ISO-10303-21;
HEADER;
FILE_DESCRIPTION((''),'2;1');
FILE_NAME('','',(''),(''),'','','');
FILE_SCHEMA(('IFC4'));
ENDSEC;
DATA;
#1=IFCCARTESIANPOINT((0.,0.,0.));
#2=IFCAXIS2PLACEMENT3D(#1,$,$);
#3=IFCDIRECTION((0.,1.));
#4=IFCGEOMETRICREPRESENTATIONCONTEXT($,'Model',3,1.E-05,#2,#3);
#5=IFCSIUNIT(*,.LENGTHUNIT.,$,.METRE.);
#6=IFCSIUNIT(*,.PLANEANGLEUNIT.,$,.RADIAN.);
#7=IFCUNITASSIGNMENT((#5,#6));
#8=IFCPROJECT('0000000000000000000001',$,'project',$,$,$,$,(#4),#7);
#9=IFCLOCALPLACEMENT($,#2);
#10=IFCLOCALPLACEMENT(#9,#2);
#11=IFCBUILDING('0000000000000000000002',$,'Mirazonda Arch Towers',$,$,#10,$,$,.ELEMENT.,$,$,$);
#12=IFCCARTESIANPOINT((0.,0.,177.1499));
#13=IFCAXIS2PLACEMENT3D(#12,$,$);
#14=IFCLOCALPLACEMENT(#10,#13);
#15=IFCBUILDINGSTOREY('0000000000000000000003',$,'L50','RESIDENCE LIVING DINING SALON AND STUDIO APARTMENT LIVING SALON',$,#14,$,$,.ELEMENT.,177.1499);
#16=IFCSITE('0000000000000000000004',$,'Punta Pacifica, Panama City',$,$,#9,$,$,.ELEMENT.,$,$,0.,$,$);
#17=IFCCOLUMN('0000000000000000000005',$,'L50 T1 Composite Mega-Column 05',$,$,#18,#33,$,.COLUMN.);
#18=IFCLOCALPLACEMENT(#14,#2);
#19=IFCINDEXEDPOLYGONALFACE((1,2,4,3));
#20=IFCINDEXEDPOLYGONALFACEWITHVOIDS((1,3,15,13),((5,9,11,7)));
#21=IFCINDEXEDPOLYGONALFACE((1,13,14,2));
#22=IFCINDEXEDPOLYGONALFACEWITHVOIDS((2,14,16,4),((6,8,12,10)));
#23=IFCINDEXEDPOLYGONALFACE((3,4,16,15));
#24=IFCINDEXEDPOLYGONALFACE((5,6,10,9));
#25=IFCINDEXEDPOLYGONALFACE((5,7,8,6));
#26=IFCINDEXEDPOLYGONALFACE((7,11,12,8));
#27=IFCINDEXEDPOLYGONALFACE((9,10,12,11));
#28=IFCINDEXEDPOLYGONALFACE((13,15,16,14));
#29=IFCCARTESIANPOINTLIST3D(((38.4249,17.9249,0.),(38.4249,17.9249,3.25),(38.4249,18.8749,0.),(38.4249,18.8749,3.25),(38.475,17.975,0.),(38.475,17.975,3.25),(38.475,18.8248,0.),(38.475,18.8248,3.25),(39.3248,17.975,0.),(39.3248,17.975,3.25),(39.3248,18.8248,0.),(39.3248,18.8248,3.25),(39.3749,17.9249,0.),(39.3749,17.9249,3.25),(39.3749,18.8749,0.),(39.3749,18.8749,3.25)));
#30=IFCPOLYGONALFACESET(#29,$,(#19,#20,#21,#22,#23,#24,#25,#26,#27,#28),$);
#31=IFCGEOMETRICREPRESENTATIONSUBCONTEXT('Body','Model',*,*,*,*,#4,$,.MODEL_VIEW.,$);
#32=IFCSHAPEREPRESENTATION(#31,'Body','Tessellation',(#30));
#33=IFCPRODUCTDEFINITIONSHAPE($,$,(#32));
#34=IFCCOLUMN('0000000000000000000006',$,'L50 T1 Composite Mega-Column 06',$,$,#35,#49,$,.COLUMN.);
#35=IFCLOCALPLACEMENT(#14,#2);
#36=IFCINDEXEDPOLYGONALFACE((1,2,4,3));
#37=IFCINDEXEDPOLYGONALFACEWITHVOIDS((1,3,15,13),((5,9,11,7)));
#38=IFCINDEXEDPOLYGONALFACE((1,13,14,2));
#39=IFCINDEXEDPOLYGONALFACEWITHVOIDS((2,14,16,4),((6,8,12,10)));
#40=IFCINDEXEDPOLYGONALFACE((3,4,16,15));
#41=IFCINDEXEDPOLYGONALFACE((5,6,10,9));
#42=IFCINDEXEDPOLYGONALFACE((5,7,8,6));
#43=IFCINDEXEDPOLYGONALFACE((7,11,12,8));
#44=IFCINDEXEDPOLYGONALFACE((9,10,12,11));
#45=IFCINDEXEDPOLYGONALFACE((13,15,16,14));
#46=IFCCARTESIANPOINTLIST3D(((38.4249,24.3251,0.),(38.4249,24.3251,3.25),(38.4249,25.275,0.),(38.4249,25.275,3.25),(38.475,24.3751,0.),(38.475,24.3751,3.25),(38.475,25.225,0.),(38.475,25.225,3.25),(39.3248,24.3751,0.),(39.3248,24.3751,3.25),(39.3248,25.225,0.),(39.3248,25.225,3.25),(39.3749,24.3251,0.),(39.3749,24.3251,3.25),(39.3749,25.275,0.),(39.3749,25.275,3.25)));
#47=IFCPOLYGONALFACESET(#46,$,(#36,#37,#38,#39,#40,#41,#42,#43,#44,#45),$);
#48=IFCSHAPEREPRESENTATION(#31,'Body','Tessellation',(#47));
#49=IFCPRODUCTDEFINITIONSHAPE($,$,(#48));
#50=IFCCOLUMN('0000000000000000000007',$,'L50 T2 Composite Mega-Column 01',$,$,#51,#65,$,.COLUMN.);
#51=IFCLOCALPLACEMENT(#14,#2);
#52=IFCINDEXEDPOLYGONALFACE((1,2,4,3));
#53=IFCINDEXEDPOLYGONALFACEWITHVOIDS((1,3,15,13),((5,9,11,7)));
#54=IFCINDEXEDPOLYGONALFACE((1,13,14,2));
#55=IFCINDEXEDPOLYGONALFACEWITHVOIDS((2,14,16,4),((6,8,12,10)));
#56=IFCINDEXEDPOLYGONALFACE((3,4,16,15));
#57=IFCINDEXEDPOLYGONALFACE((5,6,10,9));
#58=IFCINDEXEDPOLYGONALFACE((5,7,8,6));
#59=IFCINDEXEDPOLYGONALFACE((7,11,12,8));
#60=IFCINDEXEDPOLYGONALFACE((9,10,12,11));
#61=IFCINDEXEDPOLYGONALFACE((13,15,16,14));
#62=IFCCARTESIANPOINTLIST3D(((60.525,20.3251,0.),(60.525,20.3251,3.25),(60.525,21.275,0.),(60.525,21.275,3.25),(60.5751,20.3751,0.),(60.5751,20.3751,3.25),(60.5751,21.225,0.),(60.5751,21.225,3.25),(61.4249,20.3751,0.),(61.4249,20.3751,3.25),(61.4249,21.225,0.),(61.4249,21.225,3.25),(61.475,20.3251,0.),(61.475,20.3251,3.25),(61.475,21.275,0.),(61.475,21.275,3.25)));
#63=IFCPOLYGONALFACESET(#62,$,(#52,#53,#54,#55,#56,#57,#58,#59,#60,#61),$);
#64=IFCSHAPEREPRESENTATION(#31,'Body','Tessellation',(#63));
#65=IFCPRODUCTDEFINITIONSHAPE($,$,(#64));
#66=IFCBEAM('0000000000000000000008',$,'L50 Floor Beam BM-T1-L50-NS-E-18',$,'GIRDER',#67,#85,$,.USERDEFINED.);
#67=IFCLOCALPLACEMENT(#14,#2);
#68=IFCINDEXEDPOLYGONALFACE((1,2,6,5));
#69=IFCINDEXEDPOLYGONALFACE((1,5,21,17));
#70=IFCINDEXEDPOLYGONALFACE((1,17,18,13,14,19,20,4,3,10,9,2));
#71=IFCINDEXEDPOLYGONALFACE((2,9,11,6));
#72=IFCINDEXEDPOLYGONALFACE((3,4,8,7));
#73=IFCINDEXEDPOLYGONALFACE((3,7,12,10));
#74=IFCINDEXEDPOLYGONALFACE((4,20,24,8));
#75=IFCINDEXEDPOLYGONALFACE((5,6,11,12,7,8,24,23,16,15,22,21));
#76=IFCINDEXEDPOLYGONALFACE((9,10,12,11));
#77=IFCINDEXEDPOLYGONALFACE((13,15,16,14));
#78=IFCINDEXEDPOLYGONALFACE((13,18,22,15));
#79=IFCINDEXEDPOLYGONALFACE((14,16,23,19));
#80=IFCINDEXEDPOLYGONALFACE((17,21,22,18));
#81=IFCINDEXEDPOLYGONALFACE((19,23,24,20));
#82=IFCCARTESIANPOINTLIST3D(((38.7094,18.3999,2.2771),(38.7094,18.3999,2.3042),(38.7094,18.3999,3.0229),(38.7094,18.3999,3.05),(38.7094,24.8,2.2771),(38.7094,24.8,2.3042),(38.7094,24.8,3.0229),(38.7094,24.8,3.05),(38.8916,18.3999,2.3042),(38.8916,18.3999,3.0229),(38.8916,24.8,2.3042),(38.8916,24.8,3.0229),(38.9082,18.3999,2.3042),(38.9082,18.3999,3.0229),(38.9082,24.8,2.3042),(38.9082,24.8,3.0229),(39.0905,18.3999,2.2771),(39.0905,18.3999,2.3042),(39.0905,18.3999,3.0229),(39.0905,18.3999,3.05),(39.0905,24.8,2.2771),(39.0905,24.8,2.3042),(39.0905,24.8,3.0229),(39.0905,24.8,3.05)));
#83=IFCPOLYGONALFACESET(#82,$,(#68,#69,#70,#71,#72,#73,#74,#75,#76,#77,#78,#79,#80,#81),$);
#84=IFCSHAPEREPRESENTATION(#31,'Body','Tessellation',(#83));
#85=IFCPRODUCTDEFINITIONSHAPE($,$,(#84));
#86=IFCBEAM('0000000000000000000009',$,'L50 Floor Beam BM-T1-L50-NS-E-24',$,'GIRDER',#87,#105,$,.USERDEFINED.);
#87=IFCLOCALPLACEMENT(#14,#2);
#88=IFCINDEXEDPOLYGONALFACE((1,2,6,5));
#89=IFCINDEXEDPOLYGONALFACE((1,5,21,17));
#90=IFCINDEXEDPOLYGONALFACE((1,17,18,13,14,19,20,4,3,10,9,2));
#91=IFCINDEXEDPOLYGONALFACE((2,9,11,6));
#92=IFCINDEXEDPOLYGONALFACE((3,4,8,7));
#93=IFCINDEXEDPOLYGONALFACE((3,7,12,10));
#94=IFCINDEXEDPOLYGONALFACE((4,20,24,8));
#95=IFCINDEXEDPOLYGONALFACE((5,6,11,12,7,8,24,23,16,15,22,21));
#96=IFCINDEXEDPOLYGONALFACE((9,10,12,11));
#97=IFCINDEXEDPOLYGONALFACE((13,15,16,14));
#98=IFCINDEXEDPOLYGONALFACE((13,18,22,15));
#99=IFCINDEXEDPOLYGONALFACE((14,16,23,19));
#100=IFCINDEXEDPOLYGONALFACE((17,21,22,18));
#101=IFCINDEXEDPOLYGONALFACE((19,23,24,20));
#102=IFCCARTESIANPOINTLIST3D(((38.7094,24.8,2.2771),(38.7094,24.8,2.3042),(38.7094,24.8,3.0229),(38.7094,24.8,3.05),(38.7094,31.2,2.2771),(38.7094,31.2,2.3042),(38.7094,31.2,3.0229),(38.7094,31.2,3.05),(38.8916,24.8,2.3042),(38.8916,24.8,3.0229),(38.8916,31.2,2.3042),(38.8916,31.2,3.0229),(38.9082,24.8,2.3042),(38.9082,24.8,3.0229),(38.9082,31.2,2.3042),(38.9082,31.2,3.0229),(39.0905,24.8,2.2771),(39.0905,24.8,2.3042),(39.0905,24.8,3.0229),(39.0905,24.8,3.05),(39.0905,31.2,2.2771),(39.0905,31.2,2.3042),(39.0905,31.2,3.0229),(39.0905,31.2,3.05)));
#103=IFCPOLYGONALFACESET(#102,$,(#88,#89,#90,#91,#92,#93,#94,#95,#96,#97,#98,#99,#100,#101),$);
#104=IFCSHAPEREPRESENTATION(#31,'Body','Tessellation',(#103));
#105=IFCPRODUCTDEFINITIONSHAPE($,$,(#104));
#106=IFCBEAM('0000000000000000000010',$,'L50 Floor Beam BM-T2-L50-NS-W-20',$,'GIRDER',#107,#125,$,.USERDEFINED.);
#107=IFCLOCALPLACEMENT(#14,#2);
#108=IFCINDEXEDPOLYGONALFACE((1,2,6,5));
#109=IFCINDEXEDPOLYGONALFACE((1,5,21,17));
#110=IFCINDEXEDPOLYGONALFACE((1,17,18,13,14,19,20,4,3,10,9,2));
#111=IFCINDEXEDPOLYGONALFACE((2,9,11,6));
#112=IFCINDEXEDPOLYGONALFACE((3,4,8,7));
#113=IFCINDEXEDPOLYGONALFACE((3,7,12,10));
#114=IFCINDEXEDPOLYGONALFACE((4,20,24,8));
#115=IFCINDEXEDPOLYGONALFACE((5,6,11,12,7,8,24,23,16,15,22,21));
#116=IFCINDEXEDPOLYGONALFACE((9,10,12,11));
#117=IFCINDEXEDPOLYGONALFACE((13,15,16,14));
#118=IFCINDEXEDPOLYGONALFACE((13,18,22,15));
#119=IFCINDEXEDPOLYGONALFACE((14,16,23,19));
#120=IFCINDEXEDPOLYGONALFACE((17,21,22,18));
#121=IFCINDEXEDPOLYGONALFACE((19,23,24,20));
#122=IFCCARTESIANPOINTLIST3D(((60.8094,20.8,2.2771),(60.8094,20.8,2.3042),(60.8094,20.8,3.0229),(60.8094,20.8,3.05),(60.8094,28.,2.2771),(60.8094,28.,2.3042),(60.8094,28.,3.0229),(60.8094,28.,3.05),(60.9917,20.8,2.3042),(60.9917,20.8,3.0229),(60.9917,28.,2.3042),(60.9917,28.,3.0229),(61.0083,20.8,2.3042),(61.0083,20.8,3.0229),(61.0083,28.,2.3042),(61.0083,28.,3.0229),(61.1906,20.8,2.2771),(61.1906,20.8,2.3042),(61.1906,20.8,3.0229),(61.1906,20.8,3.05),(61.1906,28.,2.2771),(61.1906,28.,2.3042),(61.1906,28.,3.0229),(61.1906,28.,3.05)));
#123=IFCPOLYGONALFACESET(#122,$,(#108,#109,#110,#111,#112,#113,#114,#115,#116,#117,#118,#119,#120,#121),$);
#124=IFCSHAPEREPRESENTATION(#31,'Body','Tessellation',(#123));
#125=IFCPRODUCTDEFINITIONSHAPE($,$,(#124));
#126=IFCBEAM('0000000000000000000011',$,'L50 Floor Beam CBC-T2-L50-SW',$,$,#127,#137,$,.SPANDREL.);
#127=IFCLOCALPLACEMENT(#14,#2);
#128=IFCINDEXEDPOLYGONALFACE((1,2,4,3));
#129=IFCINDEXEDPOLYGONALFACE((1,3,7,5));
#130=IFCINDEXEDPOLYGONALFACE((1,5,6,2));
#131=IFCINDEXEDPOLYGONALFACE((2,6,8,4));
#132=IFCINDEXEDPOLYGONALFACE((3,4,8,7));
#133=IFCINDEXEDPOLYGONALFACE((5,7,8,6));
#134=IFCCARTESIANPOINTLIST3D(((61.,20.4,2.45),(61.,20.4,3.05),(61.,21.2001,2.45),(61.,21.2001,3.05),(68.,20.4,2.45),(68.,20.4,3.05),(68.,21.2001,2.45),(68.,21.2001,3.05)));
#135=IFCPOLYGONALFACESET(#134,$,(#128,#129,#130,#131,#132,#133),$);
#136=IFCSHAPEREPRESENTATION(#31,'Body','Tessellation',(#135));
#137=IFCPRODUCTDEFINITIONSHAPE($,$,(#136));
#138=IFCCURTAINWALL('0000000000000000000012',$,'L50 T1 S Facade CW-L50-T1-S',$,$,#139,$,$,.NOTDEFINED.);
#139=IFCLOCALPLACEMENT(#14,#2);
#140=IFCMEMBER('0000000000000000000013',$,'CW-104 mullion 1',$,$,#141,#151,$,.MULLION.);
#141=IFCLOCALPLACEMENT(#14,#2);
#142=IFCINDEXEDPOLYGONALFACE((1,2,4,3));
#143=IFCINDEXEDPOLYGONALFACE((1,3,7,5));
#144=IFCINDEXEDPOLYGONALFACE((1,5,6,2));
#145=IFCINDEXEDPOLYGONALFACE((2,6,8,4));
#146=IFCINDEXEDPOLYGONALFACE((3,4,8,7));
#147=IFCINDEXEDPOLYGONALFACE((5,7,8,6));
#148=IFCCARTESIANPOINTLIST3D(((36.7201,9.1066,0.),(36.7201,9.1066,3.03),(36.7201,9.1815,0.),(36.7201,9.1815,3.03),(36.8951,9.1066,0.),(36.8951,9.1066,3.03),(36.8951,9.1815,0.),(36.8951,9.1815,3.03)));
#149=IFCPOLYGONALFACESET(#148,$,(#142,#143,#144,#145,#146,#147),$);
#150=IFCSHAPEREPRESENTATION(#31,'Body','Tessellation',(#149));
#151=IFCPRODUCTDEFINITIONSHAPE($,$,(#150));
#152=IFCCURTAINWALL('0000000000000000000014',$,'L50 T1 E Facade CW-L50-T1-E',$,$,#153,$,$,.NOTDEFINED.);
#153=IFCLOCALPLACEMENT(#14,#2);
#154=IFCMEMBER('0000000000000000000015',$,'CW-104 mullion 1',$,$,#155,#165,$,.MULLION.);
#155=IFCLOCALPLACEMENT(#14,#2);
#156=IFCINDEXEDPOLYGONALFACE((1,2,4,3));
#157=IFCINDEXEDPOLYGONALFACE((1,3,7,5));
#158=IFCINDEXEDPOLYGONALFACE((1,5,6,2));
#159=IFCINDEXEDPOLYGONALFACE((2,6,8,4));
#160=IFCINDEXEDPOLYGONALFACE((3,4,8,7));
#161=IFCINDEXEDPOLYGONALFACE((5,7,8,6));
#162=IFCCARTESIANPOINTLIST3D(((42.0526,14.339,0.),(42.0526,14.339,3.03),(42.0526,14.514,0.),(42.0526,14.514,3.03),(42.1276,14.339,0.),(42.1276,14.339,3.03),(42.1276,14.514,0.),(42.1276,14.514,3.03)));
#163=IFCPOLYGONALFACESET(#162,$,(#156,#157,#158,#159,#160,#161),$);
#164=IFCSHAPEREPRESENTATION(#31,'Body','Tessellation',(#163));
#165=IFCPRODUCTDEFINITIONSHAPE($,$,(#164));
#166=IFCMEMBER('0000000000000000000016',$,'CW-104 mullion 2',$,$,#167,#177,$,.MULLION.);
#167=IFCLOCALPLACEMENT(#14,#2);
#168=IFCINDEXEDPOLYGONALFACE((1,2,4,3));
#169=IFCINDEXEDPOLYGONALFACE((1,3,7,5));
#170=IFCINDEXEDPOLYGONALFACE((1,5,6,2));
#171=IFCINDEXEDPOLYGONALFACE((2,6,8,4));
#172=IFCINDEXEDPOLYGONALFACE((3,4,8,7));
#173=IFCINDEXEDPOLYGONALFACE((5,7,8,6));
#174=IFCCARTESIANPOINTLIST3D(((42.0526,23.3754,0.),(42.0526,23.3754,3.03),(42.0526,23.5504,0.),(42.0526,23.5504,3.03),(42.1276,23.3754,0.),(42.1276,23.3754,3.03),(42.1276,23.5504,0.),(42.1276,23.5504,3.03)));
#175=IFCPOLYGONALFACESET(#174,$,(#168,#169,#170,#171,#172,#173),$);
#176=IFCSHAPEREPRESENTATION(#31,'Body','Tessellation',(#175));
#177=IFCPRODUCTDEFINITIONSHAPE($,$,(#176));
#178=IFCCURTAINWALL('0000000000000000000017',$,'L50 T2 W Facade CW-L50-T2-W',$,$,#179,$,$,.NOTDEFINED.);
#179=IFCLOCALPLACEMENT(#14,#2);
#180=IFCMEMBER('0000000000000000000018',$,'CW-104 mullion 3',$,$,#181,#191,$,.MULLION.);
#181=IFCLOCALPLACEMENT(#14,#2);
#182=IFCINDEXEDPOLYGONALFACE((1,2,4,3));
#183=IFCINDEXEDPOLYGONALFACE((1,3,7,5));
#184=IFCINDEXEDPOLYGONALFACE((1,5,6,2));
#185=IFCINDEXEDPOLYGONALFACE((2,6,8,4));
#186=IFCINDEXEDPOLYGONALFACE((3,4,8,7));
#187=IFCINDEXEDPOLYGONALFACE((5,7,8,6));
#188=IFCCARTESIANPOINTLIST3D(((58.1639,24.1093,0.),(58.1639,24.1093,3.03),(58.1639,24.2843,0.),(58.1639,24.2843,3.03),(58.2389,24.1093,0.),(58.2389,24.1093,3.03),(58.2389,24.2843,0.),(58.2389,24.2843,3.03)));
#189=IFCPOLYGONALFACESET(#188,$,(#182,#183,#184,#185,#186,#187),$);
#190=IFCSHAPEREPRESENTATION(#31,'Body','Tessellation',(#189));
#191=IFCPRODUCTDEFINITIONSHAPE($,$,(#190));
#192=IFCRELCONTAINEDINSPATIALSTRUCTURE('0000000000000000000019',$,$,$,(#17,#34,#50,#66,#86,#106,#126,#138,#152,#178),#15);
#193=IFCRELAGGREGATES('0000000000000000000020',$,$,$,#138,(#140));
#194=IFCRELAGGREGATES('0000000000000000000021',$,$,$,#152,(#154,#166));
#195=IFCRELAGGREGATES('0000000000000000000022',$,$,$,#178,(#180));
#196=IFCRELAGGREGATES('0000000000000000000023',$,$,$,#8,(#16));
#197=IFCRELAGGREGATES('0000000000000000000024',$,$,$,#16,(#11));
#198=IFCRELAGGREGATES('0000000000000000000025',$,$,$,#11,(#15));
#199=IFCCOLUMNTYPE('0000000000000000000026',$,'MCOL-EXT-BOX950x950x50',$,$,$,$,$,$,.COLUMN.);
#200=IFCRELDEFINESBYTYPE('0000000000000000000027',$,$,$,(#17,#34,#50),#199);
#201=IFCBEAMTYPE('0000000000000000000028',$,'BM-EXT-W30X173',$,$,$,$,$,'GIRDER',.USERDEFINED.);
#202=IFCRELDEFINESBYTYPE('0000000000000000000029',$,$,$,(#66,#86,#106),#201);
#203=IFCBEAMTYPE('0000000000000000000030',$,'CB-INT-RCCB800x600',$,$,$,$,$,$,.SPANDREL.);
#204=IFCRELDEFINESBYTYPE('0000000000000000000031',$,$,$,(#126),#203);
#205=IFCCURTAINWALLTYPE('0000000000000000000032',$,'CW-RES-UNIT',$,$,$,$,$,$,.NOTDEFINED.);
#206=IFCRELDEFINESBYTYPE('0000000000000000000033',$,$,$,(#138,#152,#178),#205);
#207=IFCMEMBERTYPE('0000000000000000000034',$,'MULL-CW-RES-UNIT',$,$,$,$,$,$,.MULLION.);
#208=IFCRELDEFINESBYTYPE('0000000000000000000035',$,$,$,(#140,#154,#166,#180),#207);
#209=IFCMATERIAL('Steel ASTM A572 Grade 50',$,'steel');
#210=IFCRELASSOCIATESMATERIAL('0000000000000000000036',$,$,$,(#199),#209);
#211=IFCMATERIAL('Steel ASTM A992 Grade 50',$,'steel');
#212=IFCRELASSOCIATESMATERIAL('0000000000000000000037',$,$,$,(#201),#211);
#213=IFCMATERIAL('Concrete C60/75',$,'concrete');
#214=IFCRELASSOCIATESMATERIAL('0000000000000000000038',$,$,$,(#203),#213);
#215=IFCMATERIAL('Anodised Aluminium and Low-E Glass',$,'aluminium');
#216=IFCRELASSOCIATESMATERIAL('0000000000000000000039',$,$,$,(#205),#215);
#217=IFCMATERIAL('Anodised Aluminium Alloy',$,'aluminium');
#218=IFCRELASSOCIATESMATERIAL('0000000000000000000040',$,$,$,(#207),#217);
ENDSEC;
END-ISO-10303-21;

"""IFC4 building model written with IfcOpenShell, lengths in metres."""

from ifc_helpers import new_model, si_unit, direction, frame, origin, origin_2d, place, context, subcontext, project, spatial, rectangle, hollow_rectangle, i_section, extrude, material, material_profile, profile_set, type_object, element, aggregate, save


model = new_model("IFC4")

# Units and contexts
model_context = context("Model", 3, precision=1e-05, world=origin(), true_north=direction((0.0, 1.0)))
body_context = subcontext(model_context, "Body", "Model", "MODEL_VIEW")
ifc_project = project(units=[si_unit("LENGTHUNIT", "METRE"), si_unit("PLANEANGLEUNIT", "RADIAN")], contexts=[model_context])

# Site, building, storey
site_placement = place(None, origin())
site = spatial("IfcSite", under=ifc_project, at=site_placement, Name="Punta Pacifica, Panama City", CompositionType="ELEMENT", RefElevation=0.0)
building_placement = place(site_placement, origin())
building = spatial("IfcBuilding", under=site, at=building_placement, Name="Mirazonda Arch Towers", CompositionType="ELEMENT")
storey_placement = place(building_placement, frame((0.0, 0.0, 177.1499)))
storey = spatial("IfcBuildingStorey", under=building, at=storey_placement, Name="L50", Description="RESIDENCE LIVING DINING SALON AND STUDIO APARTMENT LIVING SALON", CompositionType="ELEMENT", Elevation=177.1499)

# Columns
ifc_material_1 = material(Name="Steel ASTM A572 Grade 50", Category="steel")
ifc_material_profile_1 = material_profile(ifc_material_1, hollow_rectangle(XDim=0.95, YDim=0.95, WallThickness=0.05, at=origin_2d()), Name="BOX950x950x50")
ifc_profile_set_1 = profile_set([ifc_material_profile_1], Name="Steel ASTM A572 Grade 50")
column_type = type_object("IfcColumnType", Name="MCOL-EXT-BOX950x950x50", PredefinedType="COLUMN", material=ifc_profile_set_1)
for number, where, z_axis, x_axis, name in (
    (1, (38.8999, 18.3999, 0.0), (0.0, 0.0, 1.0), (1.0, 0.0, 0.0), "L50 T1 Composite Mega-Column 05"),
    (2, (38.8999, 24.8, 0.0), (0.0, 0.0, 1.0), (1.0, 0.0, 0.0), "L50 T1 Composite Mega-Column 06"),
    (3, (61.0, 20.8, 0.0), (0.0, 0.0, 1.0), (1.0, 0.0, 0.0), "L50 T2 Composite Mega-Column 01"),
):
    element("IfcColumn", number, at=place(storey_placement, frame(where, z_axis=z_axis, x_axis=x_axis)), inside=storey, type_object=column_type, Name=name, PredefinedType="COLUMN", context=body_context, shape_type="SweptSolid", body=[
        extrude(hollow_rectangle(XDim=0.95, YDim=0.95, WallThickness=0.05, at=origin_2d()), origin(), (0.0, 0.0, 1.0), 3.25),
    ])

# Beams
ifc_material_2 = material(Name="Steel ASTM A992 Grade 50", Category="steel")
ifc_material_profile_2 = material_profile(ifc_material_2, i_section(OverallWidth=0.3811, OverallDepth=0.7729, WebThickness=0.0166, FlangeThickness=0.0271, at=origin_2d()), Name="W30X173")
ifc_profile_set_2 = profile_set([ifc_material_profile_2], Name="Steel ASTM A992 Grade 50")
beam_type_1 = type_object("IfcBeamType", Name="BM-EXT-W30X173", ElementType="GIRDER", PredefinedType="USERDEFINED", material=ifc_profile_set_2)
beam_1_placement = place(storey_placement, frame((38.8999, 18.3999, 2.6636), z_axis=(0.0, 1.0, 0.0), x_axis=(-1.0, 0.0, 0.0)))
element("IfcBeam", 4, at=beam_1_placement, inside=storey, type_object=beam_type_1, Name="L50 Floor Beam BM-T1-L50-NS-E-18", ObjectType="GIRDER", PredefinedType="USERDEFINED", context=body_context, shape_type="SweptSolid", body=[
    extrude(i_section(OverallWidth=0.3811, OverallDepth=0.7729, WebThickness=0.0166, FlangeThickness=0.0271, at=origin_2d()), origin(), (0.0, 0.0, 1.0), 6.4001),
])
beam_2_placement = place(storey_placement, frame((38.8999, 24.8, 2.6636), z_axis=(0.0, 1.0, 0.0), x_axis=(-1.0, 0.0, 0.0)))
element("IfcBeam", 5, at=beam_2_placement, inside=storey, type_object=beam_type_1, Name="L50 Floor Beam BM-T1-L50-NS-E-24", ObjectType="GIRDER", PredefinedType="USERDEFINED", context=body_context, shape_type="SweptSolid", body=[
    extrude(i_section(OverallWidth=0.3811, OverallDepth=0.7729, WebThickness=0.0166, FlangeThickness=0.0271, at=origin_2d()), origin(), (0.0, 0.0, 1.0), 6.3999),
])
beam_3_placement = place(storey_placement, frame((61.0, 20.8, 2.6636), z_axis=(0.0, 1.0, 0.0), x_axis=(-1.0, 0.0, 0.0)))
element("IfcBeam", 6, at=beam_3_placement, inside=storey, type_object=beam_type_1, Name="L50 Floor Beam BM-T2-L50-NS-W-20", ObjectType="GIRDER", PredefinedType="USERDEFINED", context=body_context, shape_type="SweptSolid", body=[
    extrude(i_section(OverallWidth=0.3811, OverallDepth=0.7729, WebThickness=0.0166, FlangeThickness=0.0271, at=origin_2d()), origin(), (0.0, 0.0, 1.0), 7.2),
])
ifc_material_3 = material(Name="Concrete C60/75", Category="concrete")
ifc_material_profile_3 = material_profile(ifc_material_3, rectangle(XDim=0.8, YDim=0.6001, at=origin_2d()), Name="RCCB800x600")
ifc_profile_set_3 = profile_set([ifc_material_profile_3], Name="Concrete C60/75")
beam_type_2 = type_object("IfcBeamType", Name="CB-INT-RCCB800x600", PredefinedType="SPANDREL", material=ifc_profile_set_3)
beam_4_placement = place(storey_placement, frame((61.0, 20.8, 2.75), z_axis=(1.0, 0.0, 0.0), x_axis=(0.0, 1.0, 0.0)))
element("IfcBeam", 7, at=beam_4_placement, inside=storey, type_object=beam_type_2, Name="L50 Floor Beam CBC-T2-L50-SW", PredefinedType="SPANDREL", context=body_context, shape_type="SweptSolid", body=[
    extrude(rectangle(XDim=0.8, YDim=0.6001, at=origin_2d()), origin(), (0.0, 0.0, 1.0), 7.0),
])

# Curtain wall, member
ifc_material_4 = material(Name="Anodised Aluminium and Low-E Glass", Category="aluminium")
curtain_wall_type = type_object("IfcCurtainWallType", Name="CW-RES-UNIT", PredefinedType="NOTDEFINED", material=ifc_material_4)
curtain_wall_1_placement = place(storey_placement, origin())
curtain_wall_1 = element("IfcCurtainWall", 8, at=curtain_wall_1_placement, inside=storey, type_object=curtain_wall_type, Name="L50 T1 S Facade CW-L50-T1-S", PredefinedType="NOTDEFINED")
ifc_material_5 = material(Name="Anodised Aluminium Alloy", Category="aluminium")
ifc_material_profile_4 = material_profile(ifc_material_5, rectangle(XDim=0.075, YDim=0.175, at=origin_2d()), Name="ALU-MULL-75x175")
ifc_profile_set_4 = profile_set([ifc_material_profile_4], Name="Anodised Aluminium Alloy")
member_type_1 = type_object("IfcMemberType", Name="MULL-CW-RES-UNIT", PredefinedType="MULLION", material=ifc_profile_set_4)
member_1_placement = place(storey_placement, frame((36.8076, 9.144, 0.0), z_axis=(0.0, 0.0, 1.0), x_axis=(0.0, -1.0, 0.0)))
member_1 = element("IfcMember", 9, at=member_1_placement, type_object=member_type_1, Name="CW-104 mullion 1", PredefinedType="MULLION", context=body_context, shape_type="SweptSolid", body=[
    extrude(rectangle(XDim=0.075, YDim=0.175, at=origin_2d()), origin(), (0.0, 0.0, 1.0), 3.03),
])
aggregate(curtain_wall_1, [member_1])

# Curtain walls, members
curtain_wall_2_placement = place(storey_placement, origin())
curtain_wall_2 = element("IfcCurtainWall", 10, at=curtain_wall_2_placement, inside=storey, type_object=curtain_wall_type, Name="L50 T1 E Facade CW-L50-T1-E", PredefinedType="NOTDEFINED")
member_2_placement = place(storey_placement, frame((42.0901, 14.4265, 0.0), z_axis=(0.0, 0.0, 1.0), x_axis=(-1.0, 0.0, 0.0)))
member_2 = element("IfcMember", 11, at=member_2_placement, type_object=member_type_1, Name="CW-104 mullion 1", PredefinedType="MULLION", context=body_context, shape_type="SweptSolid", body=[
    extrude(rectangle(XDim=0.075, YDim=0.175, at=origin_2d()), origin(), (0.0, 0.0, 1.0), 3.03),
])
member_3_placement = place(storey_placement, frame((42.0901, 23.4629, 0.0), z_axis=(0.0, 0.0, 1.0), x_axis=(-1.0, 0.0, 0.0)))
member_3 = element("IfcMember", 12, at=member_3_placement, type_object=member_type_1, Name="CW-104 mullion 2", PredefinedType="MULLION", context=body_context, shape_type="SweptSolid", body=[
    extrude(rectangle(XDim=0.075, YDim=0.175, at=origin_2d()), origin(), (0.0, 0.0, 1.0), 3.03),
])
curtain_wall_3_placement = place(storey_placement, origin())
curtain_wall_3 = element("IfcCurtainWall", 13, at=curtain_wall_3_placement, inside=storey, type_object=curtain_wall_type, Name="L50 T2 W Facade CW-L50-T2-W", PredefinedType="NOTDEFINED")
member_4_placement = place(storey_placement, frame((58.2014, 24.1968, 0.0), z_axis=(0.0, 0.0, 1.0), x_axis=(1.0, 0.0, 0.0)))
member_4 = element("IfcMember", 14, at=member_4_placement, type_object=member_type_1, Name="CW-104 mullion 3", PredefinedType="MULLION", context=body_context, shape_type="SweptSolid", body=[
    extrude(rectangle(XDim=0.075, YDim=0.175, at=origin_2d()), origin(), (0.0, 0.0, 1.0), 3.03),
])

aggregate(curtain_wall_2, [member_2, member_3])
aggregate(curtain_wall_3, [member_4])

save(model, "model.ifc")
